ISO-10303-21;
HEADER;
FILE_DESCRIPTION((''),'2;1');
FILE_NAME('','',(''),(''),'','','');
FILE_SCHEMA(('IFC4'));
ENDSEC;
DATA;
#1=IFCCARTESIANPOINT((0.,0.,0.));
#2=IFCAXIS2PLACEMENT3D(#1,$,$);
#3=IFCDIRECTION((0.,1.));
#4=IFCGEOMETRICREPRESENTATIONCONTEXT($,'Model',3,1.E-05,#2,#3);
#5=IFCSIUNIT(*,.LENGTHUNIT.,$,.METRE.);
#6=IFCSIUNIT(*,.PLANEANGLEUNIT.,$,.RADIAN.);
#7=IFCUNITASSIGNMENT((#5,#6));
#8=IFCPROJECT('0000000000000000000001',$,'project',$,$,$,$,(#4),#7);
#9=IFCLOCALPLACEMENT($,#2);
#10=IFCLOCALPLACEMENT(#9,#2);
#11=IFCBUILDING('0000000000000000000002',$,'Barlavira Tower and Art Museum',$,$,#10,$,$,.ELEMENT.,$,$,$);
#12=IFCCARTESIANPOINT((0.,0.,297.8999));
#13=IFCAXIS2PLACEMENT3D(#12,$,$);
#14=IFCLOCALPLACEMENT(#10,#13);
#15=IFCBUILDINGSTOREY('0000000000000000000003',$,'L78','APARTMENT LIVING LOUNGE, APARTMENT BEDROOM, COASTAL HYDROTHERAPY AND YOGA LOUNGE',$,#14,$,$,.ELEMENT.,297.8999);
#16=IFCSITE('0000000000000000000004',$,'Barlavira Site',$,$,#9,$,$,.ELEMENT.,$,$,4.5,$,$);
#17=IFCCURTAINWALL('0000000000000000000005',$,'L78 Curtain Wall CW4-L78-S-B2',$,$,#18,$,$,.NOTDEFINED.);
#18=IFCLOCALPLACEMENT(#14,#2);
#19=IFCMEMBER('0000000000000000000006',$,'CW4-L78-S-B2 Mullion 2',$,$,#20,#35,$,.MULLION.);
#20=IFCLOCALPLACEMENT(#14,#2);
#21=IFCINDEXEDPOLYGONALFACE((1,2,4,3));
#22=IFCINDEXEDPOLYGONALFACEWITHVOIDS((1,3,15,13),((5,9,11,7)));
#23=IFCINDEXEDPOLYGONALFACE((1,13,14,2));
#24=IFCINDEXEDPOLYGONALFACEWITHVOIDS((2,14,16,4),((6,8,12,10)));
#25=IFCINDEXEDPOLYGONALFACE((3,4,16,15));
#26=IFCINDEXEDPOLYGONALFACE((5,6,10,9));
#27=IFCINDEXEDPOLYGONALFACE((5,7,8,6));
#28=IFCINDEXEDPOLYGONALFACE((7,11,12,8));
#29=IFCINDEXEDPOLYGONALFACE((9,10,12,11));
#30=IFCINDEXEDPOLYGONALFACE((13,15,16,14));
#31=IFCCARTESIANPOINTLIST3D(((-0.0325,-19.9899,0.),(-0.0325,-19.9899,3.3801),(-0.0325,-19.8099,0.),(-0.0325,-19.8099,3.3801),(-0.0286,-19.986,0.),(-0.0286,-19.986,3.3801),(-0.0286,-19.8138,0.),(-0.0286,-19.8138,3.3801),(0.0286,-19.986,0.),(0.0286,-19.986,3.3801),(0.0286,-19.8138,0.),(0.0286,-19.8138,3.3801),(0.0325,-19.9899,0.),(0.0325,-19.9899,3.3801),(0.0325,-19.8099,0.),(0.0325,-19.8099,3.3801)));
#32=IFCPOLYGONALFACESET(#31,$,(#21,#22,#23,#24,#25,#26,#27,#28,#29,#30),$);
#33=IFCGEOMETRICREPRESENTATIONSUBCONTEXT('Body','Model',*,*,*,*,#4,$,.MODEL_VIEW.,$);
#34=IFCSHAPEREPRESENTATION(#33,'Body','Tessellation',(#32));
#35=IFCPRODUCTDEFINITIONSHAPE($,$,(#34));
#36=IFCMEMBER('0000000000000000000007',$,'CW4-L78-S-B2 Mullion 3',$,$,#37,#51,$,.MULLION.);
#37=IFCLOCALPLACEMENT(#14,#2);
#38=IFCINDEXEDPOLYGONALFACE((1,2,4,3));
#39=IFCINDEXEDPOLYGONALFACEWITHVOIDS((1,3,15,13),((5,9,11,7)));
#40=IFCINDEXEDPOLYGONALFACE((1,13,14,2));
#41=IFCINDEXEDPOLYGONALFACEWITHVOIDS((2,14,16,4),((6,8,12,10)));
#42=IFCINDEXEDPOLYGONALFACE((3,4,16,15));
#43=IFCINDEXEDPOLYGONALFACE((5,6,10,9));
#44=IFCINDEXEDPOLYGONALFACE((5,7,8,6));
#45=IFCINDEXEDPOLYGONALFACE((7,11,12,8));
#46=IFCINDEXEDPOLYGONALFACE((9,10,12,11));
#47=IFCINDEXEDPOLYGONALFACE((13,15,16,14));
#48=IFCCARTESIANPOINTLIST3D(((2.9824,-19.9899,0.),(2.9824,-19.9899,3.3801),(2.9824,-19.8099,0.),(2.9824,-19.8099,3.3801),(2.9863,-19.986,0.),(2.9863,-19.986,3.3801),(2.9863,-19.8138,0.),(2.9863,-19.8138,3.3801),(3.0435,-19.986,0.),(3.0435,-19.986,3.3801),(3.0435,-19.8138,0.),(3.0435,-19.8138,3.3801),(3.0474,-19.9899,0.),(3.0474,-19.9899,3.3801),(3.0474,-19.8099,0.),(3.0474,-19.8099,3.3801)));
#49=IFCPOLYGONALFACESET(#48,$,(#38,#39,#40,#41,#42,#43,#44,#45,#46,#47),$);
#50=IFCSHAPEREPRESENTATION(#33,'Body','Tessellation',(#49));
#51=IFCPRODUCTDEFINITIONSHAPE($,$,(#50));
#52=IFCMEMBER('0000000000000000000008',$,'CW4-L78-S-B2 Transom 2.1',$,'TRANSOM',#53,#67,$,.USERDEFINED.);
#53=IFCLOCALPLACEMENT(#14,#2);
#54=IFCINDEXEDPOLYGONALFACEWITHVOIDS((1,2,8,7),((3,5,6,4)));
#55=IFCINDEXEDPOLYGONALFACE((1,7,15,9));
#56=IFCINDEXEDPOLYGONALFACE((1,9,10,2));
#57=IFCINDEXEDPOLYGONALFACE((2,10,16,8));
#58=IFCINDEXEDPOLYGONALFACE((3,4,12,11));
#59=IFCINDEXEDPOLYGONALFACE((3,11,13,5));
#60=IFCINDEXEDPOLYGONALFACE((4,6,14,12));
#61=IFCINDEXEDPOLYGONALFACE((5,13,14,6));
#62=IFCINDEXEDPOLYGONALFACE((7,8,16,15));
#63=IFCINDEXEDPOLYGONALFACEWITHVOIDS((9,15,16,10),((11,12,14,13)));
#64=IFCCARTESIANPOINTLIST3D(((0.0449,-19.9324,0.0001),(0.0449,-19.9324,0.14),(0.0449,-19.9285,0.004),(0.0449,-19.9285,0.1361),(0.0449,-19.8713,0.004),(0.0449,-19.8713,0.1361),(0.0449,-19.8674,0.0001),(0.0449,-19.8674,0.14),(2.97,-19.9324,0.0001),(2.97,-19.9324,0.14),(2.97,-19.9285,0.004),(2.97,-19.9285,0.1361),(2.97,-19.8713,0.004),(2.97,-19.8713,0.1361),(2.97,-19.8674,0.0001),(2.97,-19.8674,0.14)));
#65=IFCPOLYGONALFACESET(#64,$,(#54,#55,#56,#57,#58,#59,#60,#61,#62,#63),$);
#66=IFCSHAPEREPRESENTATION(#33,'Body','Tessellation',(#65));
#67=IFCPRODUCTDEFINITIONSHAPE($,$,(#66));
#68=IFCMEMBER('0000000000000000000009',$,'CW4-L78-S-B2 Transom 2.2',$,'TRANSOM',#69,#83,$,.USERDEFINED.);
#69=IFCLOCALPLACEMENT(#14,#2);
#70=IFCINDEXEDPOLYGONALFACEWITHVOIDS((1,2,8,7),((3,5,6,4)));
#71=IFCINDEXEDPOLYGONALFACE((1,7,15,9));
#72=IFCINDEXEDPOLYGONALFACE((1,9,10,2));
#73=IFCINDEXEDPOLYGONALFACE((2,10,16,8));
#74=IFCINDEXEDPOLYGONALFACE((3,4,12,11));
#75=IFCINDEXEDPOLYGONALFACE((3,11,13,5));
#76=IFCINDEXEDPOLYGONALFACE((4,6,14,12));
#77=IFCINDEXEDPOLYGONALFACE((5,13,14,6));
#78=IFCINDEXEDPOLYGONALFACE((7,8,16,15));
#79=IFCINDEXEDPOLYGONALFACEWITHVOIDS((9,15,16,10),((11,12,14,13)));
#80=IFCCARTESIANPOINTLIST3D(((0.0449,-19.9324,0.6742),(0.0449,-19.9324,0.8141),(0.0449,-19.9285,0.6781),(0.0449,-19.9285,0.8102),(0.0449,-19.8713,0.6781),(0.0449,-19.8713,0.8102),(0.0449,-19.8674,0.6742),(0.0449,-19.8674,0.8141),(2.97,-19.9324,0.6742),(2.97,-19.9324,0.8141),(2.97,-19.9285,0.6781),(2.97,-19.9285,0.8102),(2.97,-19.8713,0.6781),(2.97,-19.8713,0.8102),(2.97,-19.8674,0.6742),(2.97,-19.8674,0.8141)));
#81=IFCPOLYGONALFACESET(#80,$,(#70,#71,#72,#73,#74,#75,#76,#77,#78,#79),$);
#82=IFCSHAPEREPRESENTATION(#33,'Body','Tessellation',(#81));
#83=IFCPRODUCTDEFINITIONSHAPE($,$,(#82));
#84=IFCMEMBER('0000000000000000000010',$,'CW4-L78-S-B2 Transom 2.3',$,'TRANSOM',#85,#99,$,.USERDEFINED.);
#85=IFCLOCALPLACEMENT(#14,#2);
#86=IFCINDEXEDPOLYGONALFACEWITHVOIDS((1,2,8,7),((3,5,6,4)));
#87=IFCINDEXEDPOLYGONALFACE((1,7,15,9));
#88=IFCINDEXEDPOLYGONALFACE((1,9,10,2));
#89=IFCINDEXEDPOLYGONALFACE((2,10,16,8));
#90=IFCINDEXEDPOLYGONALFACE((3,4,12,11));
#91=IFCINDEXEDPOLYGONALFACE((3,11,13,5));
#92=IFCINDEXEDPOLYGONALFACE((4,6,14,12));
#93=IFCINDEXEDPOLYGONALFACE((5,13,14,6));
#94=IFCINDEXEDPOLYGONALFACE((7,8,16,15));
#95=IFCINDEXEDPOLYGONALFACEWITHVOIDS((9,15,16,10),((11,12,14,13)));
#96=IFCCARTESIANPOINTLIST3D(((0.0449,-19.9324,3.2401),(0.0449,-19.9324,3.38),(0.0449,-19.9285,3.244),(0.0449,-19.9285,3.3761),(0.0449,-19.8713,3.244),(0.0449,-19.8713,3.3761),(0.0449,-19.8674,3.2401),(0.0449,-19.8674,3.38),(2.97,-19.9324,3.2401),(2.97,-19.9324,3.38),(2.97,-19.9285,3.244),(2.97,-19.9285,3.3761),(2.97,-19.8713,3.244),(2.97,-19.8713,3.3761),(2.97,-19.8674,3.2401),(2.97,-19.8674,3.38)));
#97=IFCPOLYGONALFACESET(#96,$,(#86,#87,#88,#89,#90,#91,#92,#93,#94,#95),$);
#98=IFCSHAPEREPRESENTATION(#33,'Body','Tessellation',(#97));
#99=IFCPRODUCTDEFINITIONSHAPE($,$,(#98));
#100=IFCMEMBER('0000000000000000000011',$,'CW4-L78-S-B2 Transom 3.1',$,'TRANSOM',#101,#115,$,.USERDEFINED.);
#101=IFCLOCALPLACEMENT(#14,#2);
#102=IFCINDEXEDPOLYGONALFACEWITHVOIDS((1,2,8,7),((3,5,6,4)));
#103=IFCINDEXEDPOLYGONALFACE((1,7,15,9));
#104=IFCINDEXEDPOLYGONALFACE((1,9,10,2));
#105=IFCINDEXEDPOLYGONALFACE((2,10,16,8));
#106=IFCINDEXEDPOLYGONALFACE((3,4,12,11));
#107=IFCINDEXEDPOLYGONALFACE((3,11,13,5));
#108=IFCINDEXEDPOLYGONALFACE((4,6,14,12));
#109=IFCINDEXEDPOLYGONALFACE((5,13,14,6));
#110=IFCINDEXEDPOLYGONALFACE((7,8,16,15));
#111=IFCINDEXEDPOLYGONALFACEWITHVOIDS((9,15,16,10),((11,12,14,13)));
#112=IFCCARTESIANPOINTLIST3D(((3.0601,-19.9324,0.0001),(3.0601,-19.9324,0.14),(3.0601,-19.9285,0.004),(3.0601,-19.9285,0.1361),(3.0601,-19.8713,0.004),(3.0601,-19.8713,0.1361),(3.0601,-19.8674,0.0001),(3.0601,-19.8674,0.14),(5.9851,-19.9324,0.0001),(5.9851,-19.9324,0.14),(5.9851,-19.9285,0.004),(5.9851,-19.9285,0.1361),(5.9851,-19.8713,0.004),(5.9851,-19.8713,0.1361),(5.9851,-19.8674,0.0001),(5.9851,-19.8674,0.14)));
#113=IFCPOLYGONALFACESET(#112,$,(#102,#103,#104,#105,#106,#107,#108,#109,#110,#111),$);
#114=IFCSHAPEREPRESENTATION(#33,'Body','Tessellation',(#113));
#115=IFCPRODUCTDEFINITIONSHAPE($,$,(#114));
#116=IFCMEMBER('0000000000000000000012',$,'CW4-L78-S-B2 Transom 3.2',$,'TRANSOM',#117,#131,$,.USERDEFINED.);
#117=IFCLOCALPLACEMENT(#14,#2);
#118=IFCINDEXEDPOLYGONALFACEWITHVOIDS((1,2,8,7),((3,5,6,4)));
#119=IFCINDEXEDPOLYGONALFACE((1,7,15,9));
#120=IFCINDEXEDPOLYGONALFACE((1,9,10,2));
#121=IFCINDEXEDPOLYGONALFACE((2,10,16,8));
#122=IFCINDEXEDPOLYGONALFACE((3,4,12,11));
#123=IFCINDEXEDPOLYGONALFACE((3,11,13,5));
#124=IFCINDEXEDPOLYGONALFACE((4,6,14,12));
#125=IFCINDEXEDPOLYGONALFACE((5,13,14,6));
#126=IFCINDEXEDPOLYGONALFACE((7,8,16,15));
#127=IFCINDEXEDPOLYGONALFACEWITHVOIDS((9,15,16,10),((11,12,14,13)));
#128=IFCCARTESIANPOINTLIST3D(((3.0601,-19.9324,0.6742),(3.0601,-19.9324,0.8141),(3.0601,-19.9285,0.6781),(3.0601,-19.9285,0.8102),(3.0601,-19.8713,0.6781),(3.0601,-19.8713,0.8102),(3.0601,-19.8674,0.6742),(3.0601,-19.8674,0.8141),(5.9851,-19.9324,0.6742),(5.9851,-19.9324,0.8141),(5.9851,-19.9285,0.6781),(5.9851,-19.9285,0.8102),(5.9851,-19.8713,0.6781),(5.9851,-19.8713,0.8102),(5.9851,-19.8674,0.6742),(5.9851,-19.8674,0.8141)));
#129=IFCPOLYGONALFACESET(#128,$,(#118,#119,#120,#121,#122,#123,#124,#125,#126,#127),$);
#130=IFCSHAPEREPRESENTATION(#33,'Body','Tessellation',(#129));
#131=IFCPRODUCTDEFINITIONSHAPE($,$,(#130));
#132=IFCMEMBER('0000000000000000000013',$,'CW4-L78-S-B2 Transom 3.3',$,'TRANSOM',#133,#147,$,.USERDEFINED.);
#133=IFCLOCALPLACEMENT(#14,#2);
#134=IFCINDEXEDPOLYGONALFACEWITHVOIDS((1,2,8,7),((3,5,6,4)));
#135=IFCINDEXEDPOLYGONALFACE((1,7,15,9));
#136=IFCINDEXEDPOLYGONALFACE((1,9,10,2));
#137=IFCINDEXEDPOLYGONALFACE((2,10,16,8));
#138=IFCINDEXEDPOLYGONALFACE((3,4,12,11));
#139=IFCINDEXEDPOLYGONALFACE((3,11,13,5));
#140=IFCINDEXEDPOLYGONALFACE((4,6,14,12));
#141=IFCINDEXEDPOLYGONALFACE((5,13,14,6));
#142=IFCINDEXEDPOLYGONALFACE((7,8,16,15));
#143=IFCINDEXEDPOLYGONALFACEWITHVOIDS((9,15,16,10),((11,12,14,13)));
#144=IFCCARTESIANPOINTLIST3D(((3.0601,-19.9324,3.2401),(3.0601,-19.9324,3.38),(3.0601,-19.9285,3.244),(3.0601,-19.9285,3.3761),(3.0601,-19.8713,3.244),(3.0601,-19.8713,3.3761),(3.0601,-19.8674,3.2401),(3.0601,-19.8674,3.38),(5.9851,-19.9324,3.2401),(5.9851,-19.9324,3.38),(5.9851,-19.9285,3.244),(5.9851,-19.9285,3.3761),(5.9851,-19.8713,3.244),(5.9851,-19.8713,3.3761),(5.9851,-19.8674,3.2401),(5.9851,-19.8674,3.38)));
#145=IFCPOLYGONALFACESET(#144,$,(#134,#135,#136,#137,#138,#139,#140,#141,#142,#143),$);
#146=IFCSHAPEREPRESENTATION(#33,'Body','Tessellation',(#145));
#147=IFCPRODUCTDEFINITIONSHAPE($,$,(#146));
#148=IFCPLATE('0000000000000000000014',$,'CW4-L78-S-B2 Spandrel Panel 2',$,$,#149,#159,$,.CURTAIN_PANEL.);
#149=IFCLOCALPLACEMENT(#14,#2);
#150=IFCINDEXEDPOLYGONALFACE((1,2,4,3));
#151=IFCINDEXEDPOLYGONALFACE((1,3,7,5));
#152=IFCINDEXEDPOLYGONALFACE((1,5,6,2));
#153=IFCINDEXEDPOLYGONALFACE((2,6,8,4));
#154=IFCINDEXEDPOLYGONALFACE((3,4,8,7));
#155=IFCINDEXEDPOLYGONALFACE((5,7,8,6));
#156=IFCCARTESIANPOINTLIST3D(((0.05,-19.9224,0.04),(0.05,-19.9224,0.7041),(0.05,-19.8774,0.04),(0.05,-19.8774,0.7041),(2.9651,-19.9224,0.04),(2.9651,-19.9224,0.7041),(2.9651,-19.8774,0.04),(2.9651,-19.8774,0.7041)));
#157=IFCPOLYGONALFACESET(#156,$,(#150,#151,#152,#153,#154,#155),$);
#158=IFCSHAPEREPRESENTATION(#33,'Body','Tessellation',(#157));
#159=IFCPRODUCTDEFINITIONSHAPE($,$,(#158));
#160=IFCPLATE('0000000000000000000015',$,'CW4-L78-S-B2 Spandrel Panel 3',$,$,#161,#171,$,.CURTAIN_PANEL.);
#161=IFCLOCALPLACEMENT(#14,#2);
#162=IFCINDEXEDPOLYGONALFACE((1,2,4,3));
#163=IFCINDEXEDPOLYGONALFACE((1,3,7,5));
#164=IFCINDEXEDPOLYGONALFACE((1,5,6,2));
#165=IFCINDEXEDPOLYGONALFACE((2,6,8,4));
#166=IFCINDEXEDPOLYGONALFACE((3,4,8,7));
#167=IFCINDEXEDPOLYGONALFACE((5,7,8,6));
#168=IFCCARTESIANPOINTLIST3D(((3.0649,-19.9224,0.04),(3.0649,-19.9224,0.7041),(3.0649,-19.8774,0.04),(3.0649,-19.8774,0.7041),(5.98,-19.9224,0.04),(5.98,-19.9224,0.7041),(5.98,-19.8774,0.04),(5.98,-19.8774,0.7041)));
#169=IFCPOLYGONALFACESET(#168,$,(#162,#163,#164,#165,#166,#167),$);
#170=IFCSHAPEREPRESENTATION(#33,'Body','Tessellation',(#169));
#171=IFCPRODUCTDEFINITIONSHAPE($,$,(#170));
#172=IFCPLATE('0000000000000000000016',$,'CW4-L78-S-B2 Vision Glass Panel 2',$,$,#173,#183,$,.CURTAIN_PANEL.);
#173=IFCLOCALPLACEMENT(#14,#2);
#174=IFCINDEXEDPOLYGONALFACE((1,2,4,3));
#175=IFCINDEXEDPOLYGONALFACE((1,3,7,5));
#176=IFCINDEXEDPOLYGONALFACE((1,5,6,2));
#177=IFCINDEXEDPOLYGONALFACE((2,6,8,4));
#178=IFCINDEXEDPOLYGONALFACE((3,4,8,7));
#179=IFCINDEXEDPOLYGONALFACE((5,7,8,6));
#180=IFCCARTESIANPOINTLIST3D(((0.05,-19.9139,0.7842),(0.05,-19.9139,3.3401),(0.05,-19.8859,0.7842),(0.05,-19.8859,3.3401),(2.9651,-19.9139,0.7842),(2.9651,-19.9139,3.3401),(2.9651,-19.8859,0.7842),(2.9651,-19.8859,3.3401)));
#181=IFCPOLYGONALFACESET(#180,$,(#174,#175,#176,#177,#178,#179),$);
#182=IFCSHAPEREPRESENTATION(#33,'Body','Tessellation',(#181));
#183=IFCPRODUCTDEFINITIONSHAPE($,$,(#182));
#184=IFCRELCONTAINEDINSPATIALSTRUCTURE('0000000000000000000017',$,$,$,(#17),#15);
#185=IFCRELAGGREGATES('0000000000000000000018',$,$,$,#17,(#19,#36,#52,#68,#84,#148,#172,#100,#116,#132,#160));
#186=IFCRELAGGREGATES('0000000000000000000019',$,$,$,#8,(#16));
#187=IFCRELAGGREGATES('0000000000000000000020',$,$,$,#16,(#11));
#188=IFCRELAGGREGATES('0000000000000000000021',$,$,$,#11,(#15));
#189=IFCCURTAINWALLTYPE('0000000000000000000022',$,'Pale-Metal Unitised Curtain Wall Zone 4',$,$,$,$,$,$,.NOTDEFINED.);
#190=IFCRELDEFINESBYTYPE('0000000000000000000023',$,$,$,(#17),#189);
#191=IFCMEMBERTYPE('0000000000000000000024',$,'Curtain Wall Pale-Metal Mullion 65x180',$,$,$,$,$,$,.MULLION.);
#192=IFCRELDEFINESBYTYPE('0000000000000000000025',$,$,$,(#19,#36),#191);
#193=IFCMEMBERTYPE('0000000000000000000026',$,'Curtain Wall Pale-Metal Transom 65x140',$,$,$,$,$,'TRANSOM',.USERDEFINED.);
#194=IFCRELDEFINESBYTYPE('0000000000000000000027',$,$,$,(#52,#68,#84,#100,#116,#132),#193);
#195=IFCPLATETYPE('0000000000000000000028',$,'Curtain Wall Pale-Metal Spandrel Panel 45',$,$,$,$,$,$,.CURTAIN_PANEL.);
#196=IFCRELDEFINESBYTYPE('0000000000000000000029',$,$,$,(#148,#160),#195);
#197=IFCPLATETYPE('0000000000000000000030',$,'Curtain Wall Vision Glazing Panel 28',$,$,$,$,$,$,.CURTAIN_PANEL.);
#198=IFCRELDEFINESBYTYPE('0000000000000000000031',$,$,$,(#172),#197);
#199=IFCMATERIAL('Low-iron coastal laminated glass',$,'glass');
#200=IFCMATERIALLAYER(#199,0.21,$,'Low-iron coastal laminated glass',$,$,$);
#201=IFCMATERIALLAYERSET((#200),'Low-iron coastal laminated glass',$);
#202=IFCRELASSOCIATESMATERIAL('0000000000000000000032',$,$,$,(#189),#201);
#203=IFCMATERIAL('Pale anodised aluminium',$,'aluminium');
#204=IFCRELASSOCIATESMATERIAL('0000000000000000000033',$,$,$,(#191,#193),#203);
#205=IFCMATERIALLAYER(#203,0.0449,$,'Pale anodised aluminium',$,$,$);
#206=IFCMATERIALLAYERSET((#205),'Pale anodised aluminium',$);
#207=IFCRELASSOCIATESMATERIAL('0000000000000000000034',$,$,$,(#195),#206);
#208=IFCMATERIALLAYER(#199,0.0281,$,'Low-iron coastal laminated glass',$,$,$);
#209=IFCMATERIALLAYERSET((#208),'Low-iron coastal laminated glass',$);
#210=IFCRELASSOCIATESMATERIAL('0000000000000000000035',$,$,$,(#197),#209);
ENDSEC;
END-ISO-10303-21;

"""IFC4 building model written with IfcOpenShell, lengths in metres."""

from ifc_helpers import new_model, si_unit, direction, frame, origin, origin_2d, place, context, subcontext, project, spatial, rectangle, hollow_rectangle, extrude, material, layer, layer_set, material_profile, profile_set, type_object, element, aggregate, save


model = new_model("IFC4")

# Units and contexts
model_context = context("Model", 3, precision=1e-05, world=origin(), true_north=direction((0.0, 1.0)))
body_context = subcontext(model_context, "Body", "Model", "MODEL_VIEW")
ifc_project = project(units=[si_unit("LENGTHUNIT", "METRE"), si_unit("PLANEANGLEUNIT", "RADIAN")], contexts=[model_context])

# Site, building, storey
site_placement = place(None, origin())
site = spatial("IfcSite", under=ifc_project, at=site_placement, Name="Barlavira Site", CompositionType="ELEMENT", RefElevation=4.5)
building_placement = place(site_placement, origin())
building = spatial("IfcBuilding", under=site, at=building_placement, Name="Barlavira Tower and Art Museum", CompositionType="ELEMENT")
storey_placement = place(building_placement, frame((0.0, 0.0, 297.8999)))
storey = spatial("IfcBuildingStorey", under=building, at=storey_placement, Name="L78", Description="APARTMENT LIVING LOUNGE, APARTMENT BEDROOM, COASTAL HYDROTHERAPY AND YOGA LOUNGE", CompositionType="ELEMENT", Elevation=297.8999)

# Curtain wall, members, plates
ifc_material_1 = material(Name="Low-iron coastal laminated glass", Category="glass")
ifc_layer_1 = layer(ifc_material_1, 0.21, Name="Low-iron coastal laminated glass")
ifc_layer_set_1 = layer_set([ifc_layer_1], Name="Low-iron coastal laminated glass")
curtain_wall_type = type_object("IfcCurtainWallType", Name="Pale-Metal Unitised Curtain Wall Zone 4", PredefinedType="NOTDEFINED", material=ifc_layer_set_1)
curtain_wall_placement = place(storey_placement, origin())
curtain_wall = element("IfcCurtainWall", 1, at=curtain_wall_placement, inside=storey, type_object=curtain_wall_type, Name="L78 Curtain Wall CW4-L78-S-B2", PredefinedType="NOTDEFINED")
ifc_material_2 = material(Name="Pale anodised aluminium", Category="aluminium")
ifc_material_profile_1 = material_profile(ifc_material_2, hollow_rectangle(XDim=0.0649, YDim=0.1799, WallThickness=0.0039, at=origin_2d()), Name="ALU-MULL 65x180x4")
ifc_profile_set_1 = profile_set([ifc_material_profile_1], Name="Pale anodised aluminium")
member_type_1 = type_object("IfcMemberType", Name="Curtain Wall Pale-Metal Mullion 65x180", PredefinedType="MULLION", material=ifc_profile_set_1)
member_1_placement = place(storey_placement, frame((0.0, -19.8999, 0.0), z_axis=(0.0, 0.0, 1.0), x_axis=(1.0, 0.0, 0.0)))
member_1 = element("IfcMember", 2, at=member_1_placement, type_object=member_type_1, Name="CW4-L78-S-B2 Mullion 2", PredefinedType="MULLION", context=body_context, shape_type="SweptSolid", body=[
    extrude(hollow_rectangle(XDim=0.0649, YDim=0.1799, WallThickness=0.0039, at=origin_2d()), origin(), (0.0, 0.0, 1.0), 3.3801),
])
member_2_placement = place(storey_placement, frame((3.0149, -19.8999, 0.0), z_axis=(0.0, 0.0, 1.0), x_axis=(1.0, 0.0, 0.0)))
member_2 = element("IfcMember", 3, at=member_2_placement, type_object=member_type_1, Name="CW4-L78-S-B2 Mullion 3", PredefinedType="MULLION", context=body_context, shape_type="SweptSolid", body=[
    extrude(hollow_rectangle(XDim=0.0649, YDim=0.1799, WallThickness=0.0039, at=origin_2d()), origin(), (0.0, 0.0, 1.0), 3.3801),
])
ifc_material_profile_2 = material_profile(ifc_material_2, hollow_rectangle(XDim=0.0649, YDim=0.1399, WallThickness=0.0039, at=origin_2d()), Name="ALU-TRAN 65x140x4")
ifc_profile_set_2 = profile_set([ifc_material_profile_2], Name="Pale anodised aluminium")
member_type_2 = type_object("IfcMemberType", Name="Curtain Wall Pale-Metal Transom 65x140", ElementType="TRANSOM", PredefinedType="USERDEFINED", material=ifc_profile_set_2)
member_3_placement = place(storey_placement, frame((0.0449, -19.8999, 0.0701), z_axis=(1.0, 0.0, 0.0), x_axis=(0.0, 1.0, 0.0)))
member_3 = element("IfcMember", 4, at=member_3_placement, type_object=member_type_2, Name="CW4-L78-S-B2 Transom 2.1", ObjectType="TRANSOM", PredefinedType="USERDEFINED", context=body_context, shape_type="SweptSolid", body=[
    extrude(hollow_rectangle(XDim=0.0649, YDim=0.1399, WallThickness=0.0039, at=origin_2d()), origin(), (0.0, 0.0, 1.0), 2.925),
])
member_4_placement = place(storey_placement, frame((0.0449, -19.8999, 0.7441), z_axis=(1.0, 0.0, 0.0), x_axis=(0.0, 1.0, 0.0)))
member_4 = element("IfcMember", 5, at=member_4_placement, type_object=member_type_2, Name="CW4-L78-S-B2 Transom 2.2", ObjectType="TRANSOM", PredefinedType="USERDEFINED", context=body_context, shape_type="SweptSolid", body=[
    extrude(hollow_rectangle(XDim=0.0649, YDim=0.1399, WallThickness=0.0039, at=origin_2d()), origin(), (0.0, 0.0, 1.0), 2.925),
])
member_5_placement = place(storey_placement, frame((0.0449, -19.8999, 3.3101), z_axis=(1.0, 0.0, 0.0), x_axis=(0.0, 1.0, 0.0)))
member_5 = element("IfcMember", 6, at=member_5_placement, type_object=member_type_2, Name="CW4-L78-S-B2 Transom 2.3", ObjectType="TRANSOM", PredefinedType="USERDEFINED", context=body_context, shape_type="SweptSolid", body=[
    extrude(hollow_rectangle(XDim=0.0649, YDim=0.1399, WallThickness=0.0039, at=origin_2d()), origin(), (0.0, 0.0, 1.0), 2.925),
])
member_6_placement = place(storey_placement, frame((3.0601, -19.8999, 0.0701), z_axis=(1.0, 0.0, 0.0), x_axis=(0.0, 1.0, 0.0)))
member_6 = element("IfcMember", 7, at=member_6_placement, type_object=member_type_2, Name="CW4-L78-S-B2 Transom 3.1", ObjectType="TRANSOM", PredefinedType="USERDEFINED", context=body_context, shape_type="SweptSolid", body=[
    extrude(hollow_rectangle(XDim=0.0649, YDim=0.1399, WallThickness=0.0039, at=origin_2d()), origin(), (0.0, 0.0, 1.0), 2.925),
])
member_7_placement = place(storey_placement, frame((3.0601, -19.8999, 0.7441), z_axis=(1.0, 0.0, 0.0), x_axis=(0.0, 1.0, 0.0)))
member_7 = element("IfcMember", 8, at=member_7_placement, type_object=member_type_2, Name="CW4-L78-S-B2 Transom 3.2", ObjectType="TRANSOM", PredefinedType="USERDEFINED", context=body_context, shape_type="SweptSolid", body=[
    extrude(hollow_rectangle(XDim=0.0649, YDim=0.1399, WallThickness=0.0039, at=origin_2d()), origin(), (0.0, 0.0, 1.0), 2.925),
])
member_8_placement = place(storey_placement, frame((3.0601, -19.8999, 3.3101), z_axis=(1.0, 0.0, 0.0), x_axis=(0.0, 1.0, 0.0)))
member_8 = element("IfcMember", 9, at=member_8_placement, type_object=member_type_2, Name="CW4-L78-S-B2 Transom 3.3", ObjectType="TRANSOM", PredefinedType="USERDEFINED", context=body_context, shape_type="SweptSolid", body=[
    extrude(hollow_rectangle(XDim=0.0649, YDim=0.1399, WallThickness=0.0039, at=origin_2d()), origin(), (0.0, 0.0, 1.0), 2.925),
])
ifc_layer_2 = layer(ifc_material_2, 0.0449, Name="Pale anodised aluminium")
ifc_layer_set_2 = layer_set([ifc_layer_2], Name="Pale anodised aluminium")
plate_type_1 = type_object("IfcPlateType", Name="Curtain Wall Pale-Metal Spandrel Panel 45", PredefinedType="CURTAIN_PANEL", material=ifc_layer_set_2)
plate_1_placement = place(storey_placement, frame((1.5076, -19.8999, 0.04), z_axis=(0.0, 0.0, 1.0), x_axis=(1.0, 0.0, 0.0)))
plate_1 = element("IfcPlate", 10, at=plate_1_placement, type_object=plate_type_1, Name="CW4-L78-S-B2 Spandrel Panel 2", PredefinedType="CURTAIN_PANEL", context=body_context, shape_type="SweptSolid", body=[
    extrude(rectangle(XDim=2.915, YDim=0.0449, at=origin_2d()), origin(), (0.0, 0.0, 1.0), 0.6641),
])
plate_2_placement = place(storey_placement, frame((4.5225, -19.8999, 0.04), z_axis=(0.0, 0.0, 1.0), x_axis=(1.0, 0.0, 0.0)))
plate_2 = element("IfcPlate", 11, at=plate_2_placement, type_object=plate_type_1, Name="CW4-L78-S-B2 Spandrel Panel 3", PredefinedType="CURTAIN_PANEL", context=body_context, shape_type="SweptSolid", body=[
    extrude(rectangle(XDim=2.915, YDim=0.0449, at=origin_2d()), origin(), (0.0, 0.0, 1.0), 0.6641),
])
ifc_layer_3 = layer(ifc_material_1, 0.0281, Name="Low-iron coastal laminated glass")
ifc_layer_set_3 = layer_set([ifc_layer_3], Name="Low-iron coastal laminated glass")
plate_type_2 = type_object("IfcPlateType", Name="Curtain Wall Vision Glazing Panel 28", PredefinedType="CURTAIN_PANEL", material=ifc_layer_set_3)
plate_3_placement = place(storey_placement, frame((1.5076, -19.8999, 0.7842), z_axis=(0.0, 0.0, 1.0), x_axis=(1.0, 0.0, 0.0)))
plate_3 = element("IfcPlate", 12, at=plate_3_placement, type_object=plate_type_2, Name="CW4-L78-S-B2 Vision Glass Panel 2", PredefinedType="CURTAIN_PANEL", context=body_context, shape_type="SweptSolid", body=[
    extrude(rectangle(XDim=2.915, YDim=0.0281, at=origin_2d()), origin(), (0.0, 0.0, 1.0), 2.5559),
])
aggregate(curtain_wall, [member_1, member_2, member_3, member_4, member_5, plate_1, plate_3, member_6, member_7, member_8, plate_2])

save(model, "model.ifc")
